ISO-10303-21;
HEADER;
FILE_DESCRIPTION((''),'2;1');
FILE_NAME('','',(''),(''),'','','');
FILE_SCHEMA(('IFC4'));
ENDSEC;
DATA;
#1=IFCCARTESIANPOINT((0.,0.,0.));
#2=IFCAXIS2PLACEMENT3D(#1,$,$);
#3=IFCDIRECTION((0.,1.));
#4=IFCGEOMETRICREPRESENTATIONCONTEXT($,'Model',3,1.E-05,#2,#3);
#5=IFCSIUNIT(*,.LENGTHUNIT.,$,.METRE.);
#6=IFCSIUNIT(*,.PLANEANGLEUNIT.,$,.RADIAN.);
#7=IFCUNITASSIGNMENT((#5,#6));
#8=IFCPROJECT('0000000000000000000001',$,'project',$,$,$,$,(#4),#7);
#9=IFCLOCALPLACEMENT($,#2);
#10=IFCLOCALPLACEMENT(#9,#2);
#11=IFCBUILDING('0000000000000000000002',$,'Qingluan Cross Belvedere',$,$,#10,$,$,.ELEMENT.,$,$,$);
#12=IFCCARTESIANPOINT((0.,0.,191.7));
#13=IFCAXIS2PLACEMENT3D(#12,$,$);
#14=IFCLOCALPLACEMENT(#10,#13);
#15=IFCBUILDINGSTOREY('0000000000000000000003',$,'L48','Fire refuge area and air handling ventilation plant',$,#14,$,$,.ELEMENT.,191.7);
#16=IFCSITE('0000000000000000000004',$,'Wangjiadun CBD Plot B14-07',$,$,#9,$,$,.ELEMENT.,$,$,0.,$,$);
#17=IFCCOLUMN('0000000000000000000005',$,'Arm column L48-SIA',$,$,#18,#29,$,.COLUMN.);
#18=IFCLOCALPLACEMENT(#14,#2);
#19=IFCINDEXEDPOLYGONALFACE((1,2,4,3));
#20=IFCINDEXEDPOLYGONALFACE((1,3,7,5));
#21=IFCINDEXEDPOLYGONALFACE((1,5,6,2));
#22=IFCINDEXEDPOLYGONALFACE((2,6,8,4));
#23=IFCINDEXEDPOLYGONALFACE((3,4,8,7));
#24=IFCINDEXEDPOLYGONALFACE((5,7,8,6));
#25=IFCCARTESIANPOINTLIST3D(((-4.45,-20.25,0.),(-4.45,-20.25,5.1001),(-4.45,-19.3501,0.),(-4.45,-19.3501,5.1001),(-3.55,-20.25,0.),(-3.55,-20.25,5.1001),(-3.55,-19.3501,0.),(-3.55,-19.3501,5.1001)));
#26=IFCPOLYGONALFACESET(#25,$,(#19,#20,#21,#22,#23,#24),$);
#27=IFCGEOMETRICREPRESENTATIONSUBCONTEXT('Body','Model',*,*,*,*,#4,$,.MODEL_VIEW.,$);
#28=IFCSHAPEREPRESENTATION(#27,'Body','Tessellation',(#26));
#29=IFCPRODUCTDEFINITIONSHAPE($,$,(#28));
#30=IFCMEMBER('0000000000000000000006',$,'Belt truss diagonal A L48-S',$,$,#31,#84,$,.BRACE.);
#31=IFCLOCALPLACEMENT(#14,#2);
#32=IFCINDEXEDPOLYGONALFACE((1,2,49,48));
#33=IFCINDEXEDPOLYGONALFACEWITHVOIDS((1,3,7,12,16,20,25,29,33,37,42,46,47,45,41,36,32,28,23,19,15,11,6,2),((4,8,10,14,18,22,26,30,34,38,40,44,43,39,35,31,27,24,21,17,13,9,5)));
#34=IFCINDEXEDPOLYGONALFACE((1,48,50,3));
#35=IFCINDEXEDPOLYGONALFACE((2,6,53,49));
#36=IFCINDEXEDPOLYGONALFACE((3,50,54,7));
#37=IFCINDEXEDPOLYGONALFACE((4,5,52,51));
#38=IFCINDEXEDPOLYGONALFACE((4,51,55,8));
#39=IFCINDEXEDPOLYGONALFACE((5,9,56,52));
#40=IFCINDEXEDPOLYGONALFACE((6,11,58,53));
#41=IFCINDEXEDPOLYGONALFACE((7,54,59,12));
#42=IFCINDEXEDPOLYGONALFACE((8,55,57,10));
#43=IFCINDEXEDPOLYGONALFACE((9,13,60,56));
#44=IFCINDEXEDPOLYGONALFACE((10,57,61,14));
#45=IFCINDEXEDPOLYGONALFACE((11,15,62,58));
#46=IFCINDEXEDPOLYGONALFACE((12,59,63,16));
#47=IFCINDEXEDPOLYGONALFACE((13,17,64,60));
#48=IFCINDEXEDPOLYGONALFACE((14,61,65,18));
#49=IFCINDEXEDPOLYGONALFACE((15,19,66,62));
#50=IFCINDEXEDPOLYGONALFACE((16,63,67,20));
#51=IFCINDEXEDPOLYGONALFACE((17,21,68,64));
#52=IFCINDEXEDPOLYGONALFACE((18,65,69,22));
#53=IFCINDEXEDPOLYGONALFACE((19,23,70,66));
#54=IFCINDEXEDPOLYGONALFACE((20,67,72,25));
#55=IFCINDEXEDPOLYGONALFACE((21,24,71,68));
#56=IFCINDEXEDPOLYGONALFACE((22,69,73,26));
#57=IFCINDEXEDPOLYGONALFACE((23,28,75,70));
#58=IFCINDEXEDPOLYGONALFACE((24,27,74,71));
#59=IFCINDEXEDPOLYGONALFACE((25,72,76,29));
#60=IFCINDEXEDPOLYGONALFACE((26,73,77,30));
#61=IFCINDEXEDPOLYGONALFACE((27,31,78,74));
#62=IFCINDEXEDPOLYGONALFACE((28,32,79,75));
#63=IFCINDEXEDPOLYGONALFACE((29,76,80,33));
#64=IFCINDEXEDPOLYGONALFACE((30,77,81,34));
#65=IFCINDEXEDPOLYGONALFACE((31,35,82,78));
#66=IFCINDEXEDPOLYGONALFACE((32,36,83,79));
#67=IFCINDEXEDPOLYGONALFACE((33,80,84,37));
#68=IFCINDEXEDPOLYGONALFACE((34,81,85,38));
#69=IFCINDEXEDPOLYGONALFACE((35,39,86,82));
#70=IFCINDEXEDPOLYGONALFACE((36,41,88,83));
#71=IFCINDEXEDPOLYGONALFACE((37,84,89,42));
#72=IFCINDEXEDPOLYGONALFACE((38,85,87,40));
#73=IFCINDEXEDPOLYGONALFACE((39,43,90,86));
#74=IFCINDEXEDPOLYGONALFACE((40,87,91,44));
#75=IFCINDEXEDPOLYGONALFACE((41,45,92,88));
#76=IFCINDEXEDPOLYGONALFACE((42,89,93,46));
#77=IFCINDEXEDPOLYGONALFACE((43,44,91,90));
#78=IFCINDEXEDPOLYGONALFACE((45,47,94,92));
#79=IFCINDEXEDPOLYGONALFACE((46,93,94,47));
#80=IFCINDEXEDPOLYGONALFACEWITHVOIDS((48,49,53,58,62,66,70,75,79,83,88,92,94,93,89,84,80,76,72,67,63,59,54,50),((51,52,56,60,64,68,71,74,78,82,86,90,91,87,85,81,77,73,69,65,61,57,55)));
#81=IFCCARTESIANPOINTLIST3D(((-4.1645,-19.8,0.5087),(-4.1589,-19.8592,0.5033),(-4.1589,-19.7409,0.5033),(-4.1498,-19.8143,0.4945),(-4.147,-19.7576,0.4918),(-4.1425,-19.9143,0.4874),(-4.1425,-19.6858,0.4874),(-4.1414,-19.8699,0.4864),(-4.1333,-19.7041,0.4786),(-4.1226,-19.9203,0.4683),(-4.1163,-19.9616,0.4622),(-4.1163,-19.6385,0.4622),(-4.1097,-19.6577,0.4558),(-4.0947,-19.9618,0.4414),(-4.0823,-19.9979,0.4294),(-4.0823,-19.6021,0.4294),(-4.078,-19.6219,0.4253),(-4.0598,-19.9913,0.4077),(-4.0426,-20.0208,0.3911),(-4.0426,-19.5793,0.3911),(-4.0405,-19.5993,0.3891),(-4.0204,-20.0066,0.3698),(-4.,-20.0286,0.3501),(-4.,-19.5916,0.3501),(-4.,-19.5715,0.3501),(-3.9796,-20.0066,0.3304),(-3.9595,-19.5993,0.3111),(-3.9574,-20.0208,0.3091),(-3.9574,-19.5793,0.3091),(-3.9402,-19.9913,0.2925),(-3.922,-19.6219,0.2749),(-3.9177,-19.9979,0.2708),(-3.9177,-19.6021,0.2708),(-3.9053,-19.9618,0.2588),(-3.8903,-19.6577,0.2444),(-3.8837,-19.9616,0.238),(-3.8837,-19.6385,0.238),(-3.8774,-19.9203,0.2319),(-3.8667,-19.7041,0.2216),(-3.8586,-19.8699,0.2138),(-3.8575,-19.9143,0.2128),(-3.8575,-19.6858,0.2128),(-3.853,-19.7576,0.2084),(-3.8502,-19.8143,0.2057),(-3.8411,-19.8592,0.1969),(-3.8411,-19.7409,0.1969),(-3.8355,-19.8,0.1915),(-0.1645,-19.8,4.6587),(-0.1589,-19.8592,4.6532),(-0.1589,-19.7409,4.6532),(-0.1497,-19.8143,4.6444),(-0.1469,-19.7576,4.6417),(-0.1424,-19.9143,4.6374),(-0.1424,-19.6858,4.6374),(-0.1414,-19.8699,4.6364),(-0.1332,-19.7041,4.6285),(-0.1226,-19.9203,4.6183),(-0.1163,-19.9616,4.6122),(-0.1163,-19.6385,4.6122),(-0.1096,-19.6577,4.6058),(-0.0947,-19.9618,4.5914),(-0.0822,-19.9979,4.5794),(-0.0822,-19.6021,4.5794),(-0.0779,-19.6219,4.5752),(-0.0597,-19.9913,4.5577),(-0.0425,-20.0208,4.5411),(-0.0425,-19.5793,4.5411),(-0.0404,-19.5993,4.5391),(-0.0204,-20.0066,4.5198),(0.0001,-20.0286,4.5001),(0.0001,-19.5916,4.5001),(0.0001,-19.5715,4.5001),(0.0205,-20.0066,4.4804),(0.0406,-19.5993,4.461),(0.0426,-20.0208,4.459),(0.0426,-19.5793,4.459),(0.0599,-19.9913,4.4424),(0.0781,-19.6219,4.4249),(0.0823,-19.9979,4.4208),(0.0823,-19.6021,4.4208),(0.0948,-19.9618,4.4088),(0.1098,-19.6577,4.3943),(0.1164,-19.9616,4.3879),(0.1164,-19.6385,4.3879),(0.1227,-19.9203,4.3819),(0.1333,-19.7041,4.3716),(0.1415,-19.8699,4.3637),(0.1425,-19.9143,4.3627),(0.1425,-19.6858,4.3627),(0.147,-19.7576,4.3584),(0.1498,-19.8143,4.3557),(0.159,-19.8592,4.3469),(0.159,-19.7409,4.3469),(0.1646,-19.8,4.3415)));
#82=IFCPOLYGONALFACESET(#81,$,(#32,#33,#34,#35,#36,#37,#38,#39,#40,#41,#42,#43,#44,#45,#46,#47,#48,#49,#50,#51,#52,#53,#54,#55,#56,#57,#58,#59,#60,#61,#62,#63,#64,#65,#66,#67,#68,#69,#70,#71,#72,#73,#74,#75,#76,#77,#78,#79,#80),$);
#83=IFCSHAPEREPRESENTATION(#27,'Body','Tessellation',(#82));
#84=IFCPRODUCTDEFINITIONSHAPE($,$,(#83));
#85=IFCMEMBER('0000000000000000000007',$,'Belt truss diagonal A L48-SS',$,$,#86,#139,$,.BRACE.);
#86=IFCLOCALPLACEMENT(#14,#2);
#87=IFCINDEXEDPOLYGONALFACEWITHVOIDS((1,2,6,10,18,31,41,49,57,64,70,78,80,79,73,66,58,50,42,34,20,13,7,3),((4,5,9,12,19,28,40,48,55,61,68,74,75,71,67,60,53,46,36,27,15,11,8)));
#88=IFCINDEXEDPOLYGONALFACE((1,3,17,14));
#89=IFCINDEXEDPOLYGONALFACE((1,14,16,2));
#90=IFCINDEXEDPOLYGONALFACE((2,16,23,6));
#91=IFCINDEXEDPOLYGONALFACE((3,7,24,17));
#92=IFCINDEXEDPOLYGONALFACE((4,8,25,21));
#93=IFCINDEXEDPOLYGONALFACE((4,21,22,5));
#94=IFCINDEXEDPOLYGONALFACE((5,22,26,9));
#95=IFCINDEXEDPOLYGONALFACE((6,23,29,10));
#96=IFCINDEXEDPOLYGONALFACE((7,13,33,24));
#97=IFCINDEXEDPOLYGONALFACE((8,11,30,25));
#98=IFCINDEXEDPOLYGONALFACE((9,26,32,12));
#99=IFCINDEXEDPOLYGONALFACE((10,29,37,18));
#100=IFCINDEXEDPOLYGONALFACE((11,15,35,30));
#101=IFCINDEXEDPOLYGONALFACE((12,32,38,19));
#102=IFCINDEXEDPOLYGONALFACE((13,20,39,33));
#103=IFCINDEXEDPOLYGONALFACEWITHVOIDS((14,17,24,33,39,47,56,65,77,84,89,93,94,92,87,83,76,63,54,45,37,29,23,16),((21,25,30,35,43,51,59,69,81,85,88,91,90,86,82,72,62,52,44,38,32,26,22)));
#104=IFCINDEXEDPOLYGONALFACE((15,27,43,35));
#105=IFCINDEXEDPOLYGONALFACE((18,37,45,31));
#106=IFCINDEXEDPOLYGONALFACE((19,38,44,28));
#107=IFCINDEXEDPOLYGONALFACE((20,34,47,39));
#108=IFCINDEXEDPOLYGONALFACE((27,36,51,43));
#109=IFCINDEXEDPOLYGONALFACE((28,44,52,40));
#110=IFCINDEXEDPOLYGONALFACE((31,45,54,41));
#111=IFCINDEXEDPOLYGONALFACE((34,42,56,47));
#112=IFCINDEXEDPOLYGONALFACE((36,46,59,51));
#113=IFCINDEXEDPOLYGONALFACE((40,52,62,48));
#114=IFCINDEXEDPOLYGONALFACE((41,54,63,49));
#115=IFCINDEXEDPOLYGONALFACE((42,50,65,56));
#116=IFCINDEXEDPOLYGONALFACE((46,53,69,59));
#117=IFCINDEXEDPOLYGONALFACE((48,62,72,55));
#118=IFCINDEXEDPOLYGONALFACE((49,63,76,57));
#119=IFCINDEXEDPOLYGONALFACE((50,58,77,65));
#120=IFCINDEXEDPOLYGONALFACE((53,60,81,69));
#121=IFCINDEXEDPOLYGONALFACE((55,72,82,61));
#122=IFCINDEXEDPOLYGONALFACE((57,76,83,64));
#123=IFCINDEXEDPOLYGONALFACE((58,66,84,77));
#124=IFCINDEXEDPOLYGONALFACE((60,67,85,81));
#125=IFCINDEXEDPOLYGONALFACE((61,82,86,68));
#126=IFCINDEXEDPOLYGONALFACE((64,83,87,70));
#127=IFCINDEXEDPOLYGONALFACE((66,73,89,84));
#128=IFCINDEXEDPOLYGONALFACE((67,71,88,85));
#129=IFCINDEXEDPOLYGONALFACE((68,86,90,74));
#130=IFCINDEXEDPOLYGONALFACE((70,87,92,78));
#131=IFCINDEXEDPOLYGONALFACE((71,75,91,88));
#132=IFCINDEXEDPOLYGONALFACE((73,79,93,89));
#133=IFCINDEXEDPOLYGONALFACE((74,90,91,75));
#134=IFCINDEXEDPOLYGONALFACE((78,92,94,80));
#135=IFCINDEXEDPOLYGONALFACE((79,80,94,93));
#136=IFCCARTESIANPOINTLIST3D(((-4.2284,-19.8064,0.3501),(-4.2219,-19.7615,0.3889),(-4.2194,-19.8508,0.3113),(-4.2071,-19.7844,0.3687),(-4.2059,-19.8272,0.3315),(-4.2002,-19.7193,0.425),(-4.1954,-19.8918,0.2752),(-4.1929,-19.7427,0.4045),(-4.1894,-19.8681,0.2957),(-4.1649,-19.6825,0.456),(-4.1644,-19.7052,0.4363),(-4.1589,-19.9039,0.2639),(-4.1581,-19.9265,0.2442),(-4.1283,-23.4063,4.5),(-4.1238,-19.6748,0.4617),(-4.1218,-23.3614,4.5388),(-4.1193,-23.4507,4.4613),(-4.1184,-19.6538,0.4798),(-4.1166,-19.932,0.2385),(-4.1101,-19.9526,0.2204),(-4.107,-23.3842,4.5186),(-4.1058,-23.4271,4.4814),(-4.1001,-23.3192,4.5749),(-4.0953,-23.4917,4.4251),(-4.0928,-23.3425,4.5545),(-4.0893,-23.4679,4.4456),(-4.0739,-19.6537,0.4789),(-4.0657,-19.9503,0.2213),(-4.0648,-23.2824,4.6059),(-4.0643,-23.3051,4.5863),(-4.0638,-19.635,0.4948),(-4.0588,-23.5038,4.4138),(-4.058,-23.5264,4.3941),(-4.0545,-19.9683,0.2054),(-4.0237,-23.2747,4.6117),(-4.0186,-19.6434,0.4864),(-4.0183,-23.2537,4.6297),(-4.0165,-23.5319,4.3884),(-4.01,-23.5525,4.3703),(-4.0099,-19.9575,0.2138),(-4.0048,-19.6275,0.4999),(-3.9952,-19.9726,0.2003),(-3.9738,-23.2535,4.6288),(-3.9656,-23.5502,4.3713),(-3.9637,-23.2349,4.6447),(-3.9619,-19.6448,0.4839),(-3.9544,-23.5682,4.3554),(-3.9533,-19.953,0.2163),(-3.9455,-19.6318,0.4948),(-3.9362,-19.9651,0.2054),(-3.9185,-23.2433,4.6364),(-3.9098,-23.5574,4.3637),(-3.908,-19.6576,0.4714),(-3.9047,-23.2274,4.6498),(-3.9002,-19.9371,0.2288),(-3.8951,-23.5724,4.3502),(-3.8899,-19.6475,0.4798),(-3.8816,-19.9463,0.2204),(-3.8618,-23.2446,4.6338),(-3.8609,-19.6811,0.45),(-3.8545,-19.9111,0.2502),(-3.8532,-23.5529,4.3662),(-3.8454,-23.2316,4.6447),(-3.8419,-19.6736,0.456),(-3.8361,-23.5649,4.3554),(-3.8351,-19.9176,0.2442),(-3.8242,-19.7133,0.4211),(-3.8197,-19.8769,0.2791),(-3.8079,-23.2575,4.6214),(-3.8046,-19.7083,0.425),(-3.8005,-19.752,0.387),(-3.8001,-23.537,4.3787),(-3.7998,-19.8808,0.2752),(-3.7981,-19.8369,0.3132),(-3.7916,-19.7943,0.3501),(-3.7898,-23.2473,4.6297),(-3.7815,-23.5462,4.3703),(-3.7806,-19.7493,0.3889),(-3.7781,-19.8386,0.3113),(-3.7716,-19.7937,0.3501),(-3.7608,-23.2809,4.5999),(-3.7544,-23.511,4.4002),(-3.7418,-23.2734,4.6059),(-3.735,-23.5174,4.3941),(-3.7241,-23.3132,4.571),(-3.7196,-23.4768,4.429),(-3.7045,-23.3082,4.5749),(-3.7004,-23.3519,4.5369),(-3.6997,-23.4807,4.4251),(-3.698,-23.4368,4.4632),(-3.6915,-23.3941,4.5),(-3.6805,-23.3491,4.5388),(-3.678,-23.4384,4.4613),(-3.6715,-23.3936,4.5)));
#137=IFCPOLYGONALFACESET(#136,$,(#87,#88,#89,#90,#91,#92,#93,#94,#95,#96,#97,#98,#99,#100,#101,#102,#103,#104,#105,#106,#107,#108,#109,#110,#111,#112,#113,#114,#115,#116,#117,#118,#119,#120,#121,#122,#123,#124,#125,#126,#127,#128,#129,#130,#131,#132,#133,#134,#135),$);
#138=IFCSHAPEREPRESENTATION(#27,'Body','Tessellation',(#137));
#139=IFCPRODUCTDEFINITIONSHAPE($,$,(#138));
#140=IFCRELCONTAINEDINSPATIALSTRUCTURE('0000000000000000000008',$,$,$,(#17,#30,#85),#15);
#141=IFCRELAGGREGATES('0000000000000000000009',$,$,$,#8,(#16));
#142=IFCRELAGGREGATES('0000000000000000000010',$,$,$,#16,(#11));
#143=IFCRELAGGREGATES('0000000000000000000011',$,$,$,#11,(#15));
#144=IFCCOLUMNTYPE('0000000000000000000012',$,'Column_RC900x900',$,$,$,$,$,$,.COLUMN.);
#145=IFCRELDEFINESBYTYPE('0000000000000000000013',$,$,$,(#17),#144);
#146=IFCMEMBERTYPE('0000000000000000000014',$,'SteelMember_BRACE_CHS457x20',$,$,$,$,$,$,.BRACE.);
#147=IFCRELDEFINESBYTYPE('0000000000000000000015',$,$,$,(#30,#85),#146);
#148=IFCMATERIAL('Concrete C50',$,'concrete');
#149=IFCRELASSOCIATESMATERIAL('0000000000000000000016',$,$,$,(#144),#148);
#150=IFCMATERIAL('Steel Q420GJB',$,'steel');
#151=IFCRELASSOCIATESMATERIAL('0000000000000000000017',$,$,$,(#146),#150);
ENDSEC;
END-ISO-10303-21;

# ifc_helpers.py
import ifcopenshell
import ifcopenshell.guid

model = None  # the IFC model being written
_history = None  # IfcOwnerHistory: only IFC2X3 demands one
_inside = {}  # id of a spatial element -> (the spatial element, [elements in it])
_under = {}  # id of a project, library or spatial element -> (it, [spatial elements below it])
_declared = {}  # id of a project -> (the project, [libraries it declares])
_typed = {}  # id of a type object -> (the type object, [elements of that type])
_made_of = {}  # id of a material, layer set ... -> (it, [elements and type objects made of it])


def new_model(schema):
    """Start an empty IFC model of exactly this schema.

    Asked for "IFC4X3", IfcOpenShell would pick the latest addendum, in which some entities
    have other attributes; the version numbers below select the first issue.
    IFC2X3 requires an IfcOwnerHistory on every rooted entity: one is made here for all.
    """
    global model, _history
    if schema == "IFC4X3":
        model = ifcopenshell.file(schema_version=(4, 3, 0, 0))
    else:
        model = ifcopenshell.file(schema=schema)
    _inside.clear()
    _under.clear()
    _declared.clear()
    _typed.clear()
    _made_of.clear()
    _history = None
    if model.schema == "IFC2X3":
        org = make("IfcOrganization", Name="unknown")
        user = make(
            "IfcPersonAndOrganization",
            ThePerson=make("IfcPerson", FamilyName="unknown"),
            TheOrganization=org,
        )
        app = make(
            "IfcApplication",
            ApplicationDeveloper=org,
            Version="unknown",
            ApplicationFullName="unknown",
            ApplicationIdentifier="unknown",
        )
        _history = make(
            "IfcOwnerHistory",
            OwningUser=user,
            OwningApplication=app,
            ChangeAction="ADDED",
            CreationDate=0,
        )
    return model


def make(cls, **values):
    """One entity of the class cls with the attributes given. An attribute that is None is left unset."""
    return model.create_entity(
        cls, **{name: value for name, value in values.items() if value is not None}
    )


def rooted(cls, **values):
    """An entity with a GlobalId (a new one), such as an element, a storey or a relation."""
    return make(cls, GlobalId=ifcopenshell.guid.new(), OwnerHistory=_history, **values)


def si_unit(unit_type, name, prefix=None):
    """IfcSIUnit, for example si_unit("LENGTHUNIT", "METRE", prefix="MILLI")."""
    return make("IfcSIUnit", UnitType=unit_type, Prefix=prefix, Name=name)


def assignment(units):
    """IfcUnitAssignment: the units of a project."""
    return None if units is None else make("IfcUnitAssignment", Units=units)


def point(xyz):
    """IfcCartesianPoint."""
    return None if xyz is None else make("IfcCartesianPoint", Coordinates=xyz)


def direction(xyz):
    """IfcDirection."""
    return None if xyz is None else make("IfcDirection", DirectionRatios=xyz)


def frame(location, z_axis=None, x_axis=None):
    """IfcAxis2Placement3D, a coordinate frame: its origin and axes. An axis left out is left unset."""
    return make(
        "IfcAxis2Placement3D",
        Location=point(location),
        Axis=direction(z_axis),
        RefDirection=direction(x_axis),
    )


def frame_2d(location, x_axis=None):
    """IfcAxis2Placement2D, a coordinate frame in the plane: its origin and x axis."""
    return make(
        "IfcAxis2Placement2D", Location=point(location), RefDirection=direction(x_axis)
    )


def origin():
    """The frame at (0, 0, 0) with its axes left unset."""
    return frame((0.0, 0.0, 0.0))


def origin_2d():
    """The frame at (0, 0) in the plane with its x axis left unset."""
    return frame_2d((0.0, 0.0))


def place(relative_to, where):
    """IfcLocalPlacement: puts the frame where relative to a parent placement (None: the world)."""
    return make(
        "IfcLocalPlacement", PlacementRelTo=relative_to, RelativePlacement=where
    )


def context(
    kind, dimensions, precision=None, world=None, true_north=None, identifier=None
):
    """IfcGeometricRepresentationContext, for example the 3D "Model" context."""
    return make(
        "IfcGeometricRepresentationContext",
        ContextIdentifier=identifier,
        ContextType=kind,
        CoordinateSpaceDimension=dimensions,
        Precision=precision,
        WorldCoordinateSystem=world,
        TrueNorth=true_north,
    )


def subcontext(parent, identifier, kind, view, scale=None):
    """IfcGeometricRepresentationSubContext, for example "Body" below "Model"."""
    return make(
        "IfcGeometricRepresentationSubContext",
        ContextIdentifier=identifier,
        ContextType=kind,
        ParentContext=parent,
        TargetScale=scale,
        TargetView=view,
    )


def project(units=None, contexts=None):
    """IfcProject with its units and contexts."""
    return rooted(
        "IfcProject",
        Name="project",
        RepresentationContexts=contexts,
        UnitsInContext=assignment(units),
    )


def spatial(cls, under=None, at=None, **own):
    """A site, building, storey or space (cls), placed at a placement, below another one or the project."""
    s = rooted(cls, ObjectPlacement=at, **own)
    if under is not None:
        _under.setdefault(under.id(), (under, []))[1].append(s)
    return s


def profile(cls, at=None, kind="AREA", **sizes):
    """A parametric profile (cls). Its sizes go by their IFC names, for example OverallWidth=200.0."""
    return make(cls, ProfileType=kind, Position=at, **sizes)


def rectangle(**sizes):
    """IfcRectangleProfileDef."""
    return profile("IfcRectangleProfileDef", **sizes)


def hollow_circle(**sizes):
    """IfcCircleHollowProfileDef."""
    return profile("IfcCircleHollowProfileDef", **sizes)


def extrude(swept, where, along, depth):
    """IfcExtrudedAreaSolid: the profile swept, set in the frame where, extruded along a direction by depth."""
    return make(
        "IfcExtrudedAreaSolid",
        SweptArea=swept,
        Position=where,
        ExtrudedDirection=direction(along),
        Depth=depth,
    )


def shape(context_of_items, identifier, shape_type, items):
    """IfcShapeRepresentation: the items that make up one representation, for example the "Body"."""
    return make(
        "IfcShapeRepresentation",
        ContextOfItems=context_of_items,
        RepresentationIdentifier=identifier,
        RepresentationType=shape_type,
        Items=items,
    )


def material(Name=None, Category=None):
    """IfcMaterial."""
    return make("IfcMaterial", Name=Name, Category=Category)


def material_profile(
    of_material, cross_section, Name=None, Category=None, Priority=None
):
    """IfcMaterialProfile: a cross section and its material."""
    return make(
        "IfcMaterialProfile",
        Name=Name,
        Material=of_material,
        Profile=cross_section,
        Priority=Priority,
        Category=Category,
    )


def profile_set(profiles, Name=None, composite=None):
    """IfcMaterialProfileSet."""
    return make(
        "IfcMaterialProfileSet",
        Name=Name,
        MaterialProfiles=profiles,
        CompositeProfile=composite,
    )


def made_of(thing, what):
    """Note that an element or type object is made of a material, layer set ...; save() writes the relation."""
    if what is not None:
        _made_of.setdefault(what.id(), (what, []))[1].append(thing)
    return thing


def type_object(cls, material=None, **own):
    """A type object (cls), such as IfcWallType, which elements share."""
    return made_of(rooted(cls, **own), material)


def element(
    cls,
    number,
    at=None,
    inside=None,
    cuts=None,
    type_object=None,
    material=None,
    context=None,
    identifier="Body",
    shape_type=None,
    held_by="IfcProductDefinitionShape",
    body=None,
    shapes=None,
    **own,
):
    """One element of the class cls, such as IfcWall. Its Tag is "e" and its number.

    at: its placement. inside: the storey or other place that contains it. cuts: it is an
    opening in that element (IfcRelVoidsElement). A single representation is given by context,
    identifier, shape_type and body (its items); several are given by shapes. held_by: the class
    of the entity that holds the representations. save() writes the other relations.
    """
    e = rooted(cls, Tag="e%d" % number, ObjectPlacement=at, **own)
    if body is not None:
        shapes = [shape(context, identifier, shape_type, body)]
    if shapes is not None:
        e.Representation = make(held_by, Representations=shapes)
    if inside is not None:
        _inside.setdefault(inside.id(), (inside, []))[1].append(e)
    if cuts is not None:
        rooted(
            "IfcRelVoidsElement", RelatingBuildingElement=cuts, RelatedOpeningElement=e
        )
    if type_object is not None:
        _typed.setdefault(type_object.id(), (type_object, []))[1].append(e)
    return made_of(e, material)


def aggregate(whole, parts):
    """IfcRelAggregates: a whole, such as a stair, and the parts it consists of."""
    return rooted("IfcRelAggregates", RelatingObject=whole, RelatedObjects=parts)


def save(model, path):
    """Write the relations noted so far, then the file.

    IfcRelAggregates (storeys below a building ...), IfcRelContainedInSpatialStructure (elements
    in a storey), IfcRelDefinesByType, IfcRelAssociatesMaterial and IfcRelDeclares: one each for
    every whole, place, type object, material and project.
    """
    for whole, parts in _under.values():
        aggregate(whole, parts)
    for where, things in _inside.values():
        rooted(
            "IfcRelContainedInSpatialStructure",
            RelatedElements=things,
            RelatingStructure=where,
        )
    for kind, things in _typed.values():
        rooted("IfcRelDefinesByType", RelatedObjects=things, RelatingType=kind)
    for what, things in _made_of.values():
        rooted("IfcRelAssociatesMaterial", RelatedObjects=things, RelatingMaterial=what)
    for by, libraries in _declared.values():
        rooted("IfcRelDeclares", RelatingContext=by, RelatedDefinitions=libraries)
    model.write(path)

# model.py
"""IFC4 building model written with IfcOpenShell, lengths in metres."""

from ifc_helpers import new_model, si_unit, direction, frame, origin, origin_2d, place, context, subcontext, project, spatial, rectangle, hollow_circle, extrude, material, material_profile, profile_set, type_object, element, save


model = new_model("IFC4")

# Units and contexts
model_context = context("Model", 3, precision=1e-05, world=origin(), true_north=direction((0.0, 1.0)))
body_context = subcontext(model_context, "Body", "Model", "MODEL_VIEW")
ifc_project = project(units=[si_unit("LENGTHUNIT", "METRE"), si_unit("PLANEANGLEUNIT", "RADIAN")], contexts=[model_context])

# Site, building, storey
site_placement = place(None, origin())
site = spatial("IfcSite", under=ifc_project, at=site_placement, Name="Wangjiadun CBD Plot B14-07", CompositionType="ELEMENT", RefElevation=0.0)
building_placement = place(site_placement, origin())
building = spatial("IfcBuilding", under=site, at=building_placement, Name="Qingluan Cross Belvedere", CompositionType="ELEMENT")
storey_placement = place(building_placement, frame((0.0, 0.0, 191.7)))
storey = spatial("IfcBuildingStorey", under=building, at=storey_placement, Name="L48", Description="Fire refuge area and air handling ventilation plant", CompositionType="ELEMENT", Elevation=191.7)

# Column
ifc_material_1 = material(Name="Concrete C50", Category="concrete")
ifc_material_profile_1 = material_profile(ifc_material_1, rectangle(XDim=0.8999, YDim=0.8999, at=origin_2d()), Name="RC900x900")
ifc_profile_set_1 = profile_set([ifc_material_profile_1], Name="Concrete C50")
column_type = type_object("IfcColumnType", Name="Column_RC900x900", PredefinedType="COLUMN", material=ifc_profile_set_1)
column_placement = place(storey_placement, frame((-4.0, -19.8, 0.0), z_axis=(0.0, 0.0, 1.0), x_axis=(1.0, 0.0, 0.0)))
element("IfcColumn", 1, at=column_placement, inside=storey, type_object=column_type, Name="Arm column L48-SIA", PredefinedType="COLUMN", context=body_context, shape_type="SweptSolid", body=[
    extrude(rectangle(XDim=0.8999, YDim=0.8999, at=origin_2d()), origin(), (0.0, 0.0, 1.0), 5.1001),
])

# Members
ifc_material_2 = material(Name="Steel Q420GJB", Category="steel")
ifc_material_profile_2 = material_profile(ifc_material_2, hollow_circle(Radius=0.2285, WallThickness=0.02, at=origin_2d()), Name="CHS457x20")
ifc_profile_set_2 = profile_set([ifc_material_profile_2], Name="Steel Q420GJB")
member_type_1 = type_object("IfcMemberType", Name="SteelMember_BRACE_CHS457x20", PredefinedType="BRACE", material=ifc_profile_set_2)
member_1_placement = place(storey_placement, frame((-4.0, -19.8, 0.3501), z_axis=(0.693983, 0.0, 0.719991), x_axis=(0.0, 1.0, 0.0)))
element("IfcMember", 2, at=member_1_placement, inside=storey, type_object=member_type_1, Name="Belt truss diagonal A L48-S", PredefinedType="BRACE", context=body_context, shape_type="SweptSolid", body=[
    extrude(hollow_circle(Radius=0.2285, WallThickness=0.02, at=origin_2d()), origin(), (0.0, 0.0, 1.0), 5.7639),
])
member_2_placement = place(storey_placement, frame((-4.0, -19.8, 0.3501), z_axis=(0.018217, -0.655162, 0.755269), x_axis=(0.999614, 0.027795, 0.0)))
element("IfcMember", 3, at=member_2_placement, inside=storey, type_object=member_type_1, Name="Belt truss diagonal A L48-SS", PredefinedType="BRACE", context=body_context, shape_type="SweptSolid", body=[
    extrude(hollow_circle(Radius=0.2285, WallThickness=0.02, at=origin_2d()), origin(), (0.0, 0.0, 1.0), 5.4946),
])

save(model, "model.ifc")
